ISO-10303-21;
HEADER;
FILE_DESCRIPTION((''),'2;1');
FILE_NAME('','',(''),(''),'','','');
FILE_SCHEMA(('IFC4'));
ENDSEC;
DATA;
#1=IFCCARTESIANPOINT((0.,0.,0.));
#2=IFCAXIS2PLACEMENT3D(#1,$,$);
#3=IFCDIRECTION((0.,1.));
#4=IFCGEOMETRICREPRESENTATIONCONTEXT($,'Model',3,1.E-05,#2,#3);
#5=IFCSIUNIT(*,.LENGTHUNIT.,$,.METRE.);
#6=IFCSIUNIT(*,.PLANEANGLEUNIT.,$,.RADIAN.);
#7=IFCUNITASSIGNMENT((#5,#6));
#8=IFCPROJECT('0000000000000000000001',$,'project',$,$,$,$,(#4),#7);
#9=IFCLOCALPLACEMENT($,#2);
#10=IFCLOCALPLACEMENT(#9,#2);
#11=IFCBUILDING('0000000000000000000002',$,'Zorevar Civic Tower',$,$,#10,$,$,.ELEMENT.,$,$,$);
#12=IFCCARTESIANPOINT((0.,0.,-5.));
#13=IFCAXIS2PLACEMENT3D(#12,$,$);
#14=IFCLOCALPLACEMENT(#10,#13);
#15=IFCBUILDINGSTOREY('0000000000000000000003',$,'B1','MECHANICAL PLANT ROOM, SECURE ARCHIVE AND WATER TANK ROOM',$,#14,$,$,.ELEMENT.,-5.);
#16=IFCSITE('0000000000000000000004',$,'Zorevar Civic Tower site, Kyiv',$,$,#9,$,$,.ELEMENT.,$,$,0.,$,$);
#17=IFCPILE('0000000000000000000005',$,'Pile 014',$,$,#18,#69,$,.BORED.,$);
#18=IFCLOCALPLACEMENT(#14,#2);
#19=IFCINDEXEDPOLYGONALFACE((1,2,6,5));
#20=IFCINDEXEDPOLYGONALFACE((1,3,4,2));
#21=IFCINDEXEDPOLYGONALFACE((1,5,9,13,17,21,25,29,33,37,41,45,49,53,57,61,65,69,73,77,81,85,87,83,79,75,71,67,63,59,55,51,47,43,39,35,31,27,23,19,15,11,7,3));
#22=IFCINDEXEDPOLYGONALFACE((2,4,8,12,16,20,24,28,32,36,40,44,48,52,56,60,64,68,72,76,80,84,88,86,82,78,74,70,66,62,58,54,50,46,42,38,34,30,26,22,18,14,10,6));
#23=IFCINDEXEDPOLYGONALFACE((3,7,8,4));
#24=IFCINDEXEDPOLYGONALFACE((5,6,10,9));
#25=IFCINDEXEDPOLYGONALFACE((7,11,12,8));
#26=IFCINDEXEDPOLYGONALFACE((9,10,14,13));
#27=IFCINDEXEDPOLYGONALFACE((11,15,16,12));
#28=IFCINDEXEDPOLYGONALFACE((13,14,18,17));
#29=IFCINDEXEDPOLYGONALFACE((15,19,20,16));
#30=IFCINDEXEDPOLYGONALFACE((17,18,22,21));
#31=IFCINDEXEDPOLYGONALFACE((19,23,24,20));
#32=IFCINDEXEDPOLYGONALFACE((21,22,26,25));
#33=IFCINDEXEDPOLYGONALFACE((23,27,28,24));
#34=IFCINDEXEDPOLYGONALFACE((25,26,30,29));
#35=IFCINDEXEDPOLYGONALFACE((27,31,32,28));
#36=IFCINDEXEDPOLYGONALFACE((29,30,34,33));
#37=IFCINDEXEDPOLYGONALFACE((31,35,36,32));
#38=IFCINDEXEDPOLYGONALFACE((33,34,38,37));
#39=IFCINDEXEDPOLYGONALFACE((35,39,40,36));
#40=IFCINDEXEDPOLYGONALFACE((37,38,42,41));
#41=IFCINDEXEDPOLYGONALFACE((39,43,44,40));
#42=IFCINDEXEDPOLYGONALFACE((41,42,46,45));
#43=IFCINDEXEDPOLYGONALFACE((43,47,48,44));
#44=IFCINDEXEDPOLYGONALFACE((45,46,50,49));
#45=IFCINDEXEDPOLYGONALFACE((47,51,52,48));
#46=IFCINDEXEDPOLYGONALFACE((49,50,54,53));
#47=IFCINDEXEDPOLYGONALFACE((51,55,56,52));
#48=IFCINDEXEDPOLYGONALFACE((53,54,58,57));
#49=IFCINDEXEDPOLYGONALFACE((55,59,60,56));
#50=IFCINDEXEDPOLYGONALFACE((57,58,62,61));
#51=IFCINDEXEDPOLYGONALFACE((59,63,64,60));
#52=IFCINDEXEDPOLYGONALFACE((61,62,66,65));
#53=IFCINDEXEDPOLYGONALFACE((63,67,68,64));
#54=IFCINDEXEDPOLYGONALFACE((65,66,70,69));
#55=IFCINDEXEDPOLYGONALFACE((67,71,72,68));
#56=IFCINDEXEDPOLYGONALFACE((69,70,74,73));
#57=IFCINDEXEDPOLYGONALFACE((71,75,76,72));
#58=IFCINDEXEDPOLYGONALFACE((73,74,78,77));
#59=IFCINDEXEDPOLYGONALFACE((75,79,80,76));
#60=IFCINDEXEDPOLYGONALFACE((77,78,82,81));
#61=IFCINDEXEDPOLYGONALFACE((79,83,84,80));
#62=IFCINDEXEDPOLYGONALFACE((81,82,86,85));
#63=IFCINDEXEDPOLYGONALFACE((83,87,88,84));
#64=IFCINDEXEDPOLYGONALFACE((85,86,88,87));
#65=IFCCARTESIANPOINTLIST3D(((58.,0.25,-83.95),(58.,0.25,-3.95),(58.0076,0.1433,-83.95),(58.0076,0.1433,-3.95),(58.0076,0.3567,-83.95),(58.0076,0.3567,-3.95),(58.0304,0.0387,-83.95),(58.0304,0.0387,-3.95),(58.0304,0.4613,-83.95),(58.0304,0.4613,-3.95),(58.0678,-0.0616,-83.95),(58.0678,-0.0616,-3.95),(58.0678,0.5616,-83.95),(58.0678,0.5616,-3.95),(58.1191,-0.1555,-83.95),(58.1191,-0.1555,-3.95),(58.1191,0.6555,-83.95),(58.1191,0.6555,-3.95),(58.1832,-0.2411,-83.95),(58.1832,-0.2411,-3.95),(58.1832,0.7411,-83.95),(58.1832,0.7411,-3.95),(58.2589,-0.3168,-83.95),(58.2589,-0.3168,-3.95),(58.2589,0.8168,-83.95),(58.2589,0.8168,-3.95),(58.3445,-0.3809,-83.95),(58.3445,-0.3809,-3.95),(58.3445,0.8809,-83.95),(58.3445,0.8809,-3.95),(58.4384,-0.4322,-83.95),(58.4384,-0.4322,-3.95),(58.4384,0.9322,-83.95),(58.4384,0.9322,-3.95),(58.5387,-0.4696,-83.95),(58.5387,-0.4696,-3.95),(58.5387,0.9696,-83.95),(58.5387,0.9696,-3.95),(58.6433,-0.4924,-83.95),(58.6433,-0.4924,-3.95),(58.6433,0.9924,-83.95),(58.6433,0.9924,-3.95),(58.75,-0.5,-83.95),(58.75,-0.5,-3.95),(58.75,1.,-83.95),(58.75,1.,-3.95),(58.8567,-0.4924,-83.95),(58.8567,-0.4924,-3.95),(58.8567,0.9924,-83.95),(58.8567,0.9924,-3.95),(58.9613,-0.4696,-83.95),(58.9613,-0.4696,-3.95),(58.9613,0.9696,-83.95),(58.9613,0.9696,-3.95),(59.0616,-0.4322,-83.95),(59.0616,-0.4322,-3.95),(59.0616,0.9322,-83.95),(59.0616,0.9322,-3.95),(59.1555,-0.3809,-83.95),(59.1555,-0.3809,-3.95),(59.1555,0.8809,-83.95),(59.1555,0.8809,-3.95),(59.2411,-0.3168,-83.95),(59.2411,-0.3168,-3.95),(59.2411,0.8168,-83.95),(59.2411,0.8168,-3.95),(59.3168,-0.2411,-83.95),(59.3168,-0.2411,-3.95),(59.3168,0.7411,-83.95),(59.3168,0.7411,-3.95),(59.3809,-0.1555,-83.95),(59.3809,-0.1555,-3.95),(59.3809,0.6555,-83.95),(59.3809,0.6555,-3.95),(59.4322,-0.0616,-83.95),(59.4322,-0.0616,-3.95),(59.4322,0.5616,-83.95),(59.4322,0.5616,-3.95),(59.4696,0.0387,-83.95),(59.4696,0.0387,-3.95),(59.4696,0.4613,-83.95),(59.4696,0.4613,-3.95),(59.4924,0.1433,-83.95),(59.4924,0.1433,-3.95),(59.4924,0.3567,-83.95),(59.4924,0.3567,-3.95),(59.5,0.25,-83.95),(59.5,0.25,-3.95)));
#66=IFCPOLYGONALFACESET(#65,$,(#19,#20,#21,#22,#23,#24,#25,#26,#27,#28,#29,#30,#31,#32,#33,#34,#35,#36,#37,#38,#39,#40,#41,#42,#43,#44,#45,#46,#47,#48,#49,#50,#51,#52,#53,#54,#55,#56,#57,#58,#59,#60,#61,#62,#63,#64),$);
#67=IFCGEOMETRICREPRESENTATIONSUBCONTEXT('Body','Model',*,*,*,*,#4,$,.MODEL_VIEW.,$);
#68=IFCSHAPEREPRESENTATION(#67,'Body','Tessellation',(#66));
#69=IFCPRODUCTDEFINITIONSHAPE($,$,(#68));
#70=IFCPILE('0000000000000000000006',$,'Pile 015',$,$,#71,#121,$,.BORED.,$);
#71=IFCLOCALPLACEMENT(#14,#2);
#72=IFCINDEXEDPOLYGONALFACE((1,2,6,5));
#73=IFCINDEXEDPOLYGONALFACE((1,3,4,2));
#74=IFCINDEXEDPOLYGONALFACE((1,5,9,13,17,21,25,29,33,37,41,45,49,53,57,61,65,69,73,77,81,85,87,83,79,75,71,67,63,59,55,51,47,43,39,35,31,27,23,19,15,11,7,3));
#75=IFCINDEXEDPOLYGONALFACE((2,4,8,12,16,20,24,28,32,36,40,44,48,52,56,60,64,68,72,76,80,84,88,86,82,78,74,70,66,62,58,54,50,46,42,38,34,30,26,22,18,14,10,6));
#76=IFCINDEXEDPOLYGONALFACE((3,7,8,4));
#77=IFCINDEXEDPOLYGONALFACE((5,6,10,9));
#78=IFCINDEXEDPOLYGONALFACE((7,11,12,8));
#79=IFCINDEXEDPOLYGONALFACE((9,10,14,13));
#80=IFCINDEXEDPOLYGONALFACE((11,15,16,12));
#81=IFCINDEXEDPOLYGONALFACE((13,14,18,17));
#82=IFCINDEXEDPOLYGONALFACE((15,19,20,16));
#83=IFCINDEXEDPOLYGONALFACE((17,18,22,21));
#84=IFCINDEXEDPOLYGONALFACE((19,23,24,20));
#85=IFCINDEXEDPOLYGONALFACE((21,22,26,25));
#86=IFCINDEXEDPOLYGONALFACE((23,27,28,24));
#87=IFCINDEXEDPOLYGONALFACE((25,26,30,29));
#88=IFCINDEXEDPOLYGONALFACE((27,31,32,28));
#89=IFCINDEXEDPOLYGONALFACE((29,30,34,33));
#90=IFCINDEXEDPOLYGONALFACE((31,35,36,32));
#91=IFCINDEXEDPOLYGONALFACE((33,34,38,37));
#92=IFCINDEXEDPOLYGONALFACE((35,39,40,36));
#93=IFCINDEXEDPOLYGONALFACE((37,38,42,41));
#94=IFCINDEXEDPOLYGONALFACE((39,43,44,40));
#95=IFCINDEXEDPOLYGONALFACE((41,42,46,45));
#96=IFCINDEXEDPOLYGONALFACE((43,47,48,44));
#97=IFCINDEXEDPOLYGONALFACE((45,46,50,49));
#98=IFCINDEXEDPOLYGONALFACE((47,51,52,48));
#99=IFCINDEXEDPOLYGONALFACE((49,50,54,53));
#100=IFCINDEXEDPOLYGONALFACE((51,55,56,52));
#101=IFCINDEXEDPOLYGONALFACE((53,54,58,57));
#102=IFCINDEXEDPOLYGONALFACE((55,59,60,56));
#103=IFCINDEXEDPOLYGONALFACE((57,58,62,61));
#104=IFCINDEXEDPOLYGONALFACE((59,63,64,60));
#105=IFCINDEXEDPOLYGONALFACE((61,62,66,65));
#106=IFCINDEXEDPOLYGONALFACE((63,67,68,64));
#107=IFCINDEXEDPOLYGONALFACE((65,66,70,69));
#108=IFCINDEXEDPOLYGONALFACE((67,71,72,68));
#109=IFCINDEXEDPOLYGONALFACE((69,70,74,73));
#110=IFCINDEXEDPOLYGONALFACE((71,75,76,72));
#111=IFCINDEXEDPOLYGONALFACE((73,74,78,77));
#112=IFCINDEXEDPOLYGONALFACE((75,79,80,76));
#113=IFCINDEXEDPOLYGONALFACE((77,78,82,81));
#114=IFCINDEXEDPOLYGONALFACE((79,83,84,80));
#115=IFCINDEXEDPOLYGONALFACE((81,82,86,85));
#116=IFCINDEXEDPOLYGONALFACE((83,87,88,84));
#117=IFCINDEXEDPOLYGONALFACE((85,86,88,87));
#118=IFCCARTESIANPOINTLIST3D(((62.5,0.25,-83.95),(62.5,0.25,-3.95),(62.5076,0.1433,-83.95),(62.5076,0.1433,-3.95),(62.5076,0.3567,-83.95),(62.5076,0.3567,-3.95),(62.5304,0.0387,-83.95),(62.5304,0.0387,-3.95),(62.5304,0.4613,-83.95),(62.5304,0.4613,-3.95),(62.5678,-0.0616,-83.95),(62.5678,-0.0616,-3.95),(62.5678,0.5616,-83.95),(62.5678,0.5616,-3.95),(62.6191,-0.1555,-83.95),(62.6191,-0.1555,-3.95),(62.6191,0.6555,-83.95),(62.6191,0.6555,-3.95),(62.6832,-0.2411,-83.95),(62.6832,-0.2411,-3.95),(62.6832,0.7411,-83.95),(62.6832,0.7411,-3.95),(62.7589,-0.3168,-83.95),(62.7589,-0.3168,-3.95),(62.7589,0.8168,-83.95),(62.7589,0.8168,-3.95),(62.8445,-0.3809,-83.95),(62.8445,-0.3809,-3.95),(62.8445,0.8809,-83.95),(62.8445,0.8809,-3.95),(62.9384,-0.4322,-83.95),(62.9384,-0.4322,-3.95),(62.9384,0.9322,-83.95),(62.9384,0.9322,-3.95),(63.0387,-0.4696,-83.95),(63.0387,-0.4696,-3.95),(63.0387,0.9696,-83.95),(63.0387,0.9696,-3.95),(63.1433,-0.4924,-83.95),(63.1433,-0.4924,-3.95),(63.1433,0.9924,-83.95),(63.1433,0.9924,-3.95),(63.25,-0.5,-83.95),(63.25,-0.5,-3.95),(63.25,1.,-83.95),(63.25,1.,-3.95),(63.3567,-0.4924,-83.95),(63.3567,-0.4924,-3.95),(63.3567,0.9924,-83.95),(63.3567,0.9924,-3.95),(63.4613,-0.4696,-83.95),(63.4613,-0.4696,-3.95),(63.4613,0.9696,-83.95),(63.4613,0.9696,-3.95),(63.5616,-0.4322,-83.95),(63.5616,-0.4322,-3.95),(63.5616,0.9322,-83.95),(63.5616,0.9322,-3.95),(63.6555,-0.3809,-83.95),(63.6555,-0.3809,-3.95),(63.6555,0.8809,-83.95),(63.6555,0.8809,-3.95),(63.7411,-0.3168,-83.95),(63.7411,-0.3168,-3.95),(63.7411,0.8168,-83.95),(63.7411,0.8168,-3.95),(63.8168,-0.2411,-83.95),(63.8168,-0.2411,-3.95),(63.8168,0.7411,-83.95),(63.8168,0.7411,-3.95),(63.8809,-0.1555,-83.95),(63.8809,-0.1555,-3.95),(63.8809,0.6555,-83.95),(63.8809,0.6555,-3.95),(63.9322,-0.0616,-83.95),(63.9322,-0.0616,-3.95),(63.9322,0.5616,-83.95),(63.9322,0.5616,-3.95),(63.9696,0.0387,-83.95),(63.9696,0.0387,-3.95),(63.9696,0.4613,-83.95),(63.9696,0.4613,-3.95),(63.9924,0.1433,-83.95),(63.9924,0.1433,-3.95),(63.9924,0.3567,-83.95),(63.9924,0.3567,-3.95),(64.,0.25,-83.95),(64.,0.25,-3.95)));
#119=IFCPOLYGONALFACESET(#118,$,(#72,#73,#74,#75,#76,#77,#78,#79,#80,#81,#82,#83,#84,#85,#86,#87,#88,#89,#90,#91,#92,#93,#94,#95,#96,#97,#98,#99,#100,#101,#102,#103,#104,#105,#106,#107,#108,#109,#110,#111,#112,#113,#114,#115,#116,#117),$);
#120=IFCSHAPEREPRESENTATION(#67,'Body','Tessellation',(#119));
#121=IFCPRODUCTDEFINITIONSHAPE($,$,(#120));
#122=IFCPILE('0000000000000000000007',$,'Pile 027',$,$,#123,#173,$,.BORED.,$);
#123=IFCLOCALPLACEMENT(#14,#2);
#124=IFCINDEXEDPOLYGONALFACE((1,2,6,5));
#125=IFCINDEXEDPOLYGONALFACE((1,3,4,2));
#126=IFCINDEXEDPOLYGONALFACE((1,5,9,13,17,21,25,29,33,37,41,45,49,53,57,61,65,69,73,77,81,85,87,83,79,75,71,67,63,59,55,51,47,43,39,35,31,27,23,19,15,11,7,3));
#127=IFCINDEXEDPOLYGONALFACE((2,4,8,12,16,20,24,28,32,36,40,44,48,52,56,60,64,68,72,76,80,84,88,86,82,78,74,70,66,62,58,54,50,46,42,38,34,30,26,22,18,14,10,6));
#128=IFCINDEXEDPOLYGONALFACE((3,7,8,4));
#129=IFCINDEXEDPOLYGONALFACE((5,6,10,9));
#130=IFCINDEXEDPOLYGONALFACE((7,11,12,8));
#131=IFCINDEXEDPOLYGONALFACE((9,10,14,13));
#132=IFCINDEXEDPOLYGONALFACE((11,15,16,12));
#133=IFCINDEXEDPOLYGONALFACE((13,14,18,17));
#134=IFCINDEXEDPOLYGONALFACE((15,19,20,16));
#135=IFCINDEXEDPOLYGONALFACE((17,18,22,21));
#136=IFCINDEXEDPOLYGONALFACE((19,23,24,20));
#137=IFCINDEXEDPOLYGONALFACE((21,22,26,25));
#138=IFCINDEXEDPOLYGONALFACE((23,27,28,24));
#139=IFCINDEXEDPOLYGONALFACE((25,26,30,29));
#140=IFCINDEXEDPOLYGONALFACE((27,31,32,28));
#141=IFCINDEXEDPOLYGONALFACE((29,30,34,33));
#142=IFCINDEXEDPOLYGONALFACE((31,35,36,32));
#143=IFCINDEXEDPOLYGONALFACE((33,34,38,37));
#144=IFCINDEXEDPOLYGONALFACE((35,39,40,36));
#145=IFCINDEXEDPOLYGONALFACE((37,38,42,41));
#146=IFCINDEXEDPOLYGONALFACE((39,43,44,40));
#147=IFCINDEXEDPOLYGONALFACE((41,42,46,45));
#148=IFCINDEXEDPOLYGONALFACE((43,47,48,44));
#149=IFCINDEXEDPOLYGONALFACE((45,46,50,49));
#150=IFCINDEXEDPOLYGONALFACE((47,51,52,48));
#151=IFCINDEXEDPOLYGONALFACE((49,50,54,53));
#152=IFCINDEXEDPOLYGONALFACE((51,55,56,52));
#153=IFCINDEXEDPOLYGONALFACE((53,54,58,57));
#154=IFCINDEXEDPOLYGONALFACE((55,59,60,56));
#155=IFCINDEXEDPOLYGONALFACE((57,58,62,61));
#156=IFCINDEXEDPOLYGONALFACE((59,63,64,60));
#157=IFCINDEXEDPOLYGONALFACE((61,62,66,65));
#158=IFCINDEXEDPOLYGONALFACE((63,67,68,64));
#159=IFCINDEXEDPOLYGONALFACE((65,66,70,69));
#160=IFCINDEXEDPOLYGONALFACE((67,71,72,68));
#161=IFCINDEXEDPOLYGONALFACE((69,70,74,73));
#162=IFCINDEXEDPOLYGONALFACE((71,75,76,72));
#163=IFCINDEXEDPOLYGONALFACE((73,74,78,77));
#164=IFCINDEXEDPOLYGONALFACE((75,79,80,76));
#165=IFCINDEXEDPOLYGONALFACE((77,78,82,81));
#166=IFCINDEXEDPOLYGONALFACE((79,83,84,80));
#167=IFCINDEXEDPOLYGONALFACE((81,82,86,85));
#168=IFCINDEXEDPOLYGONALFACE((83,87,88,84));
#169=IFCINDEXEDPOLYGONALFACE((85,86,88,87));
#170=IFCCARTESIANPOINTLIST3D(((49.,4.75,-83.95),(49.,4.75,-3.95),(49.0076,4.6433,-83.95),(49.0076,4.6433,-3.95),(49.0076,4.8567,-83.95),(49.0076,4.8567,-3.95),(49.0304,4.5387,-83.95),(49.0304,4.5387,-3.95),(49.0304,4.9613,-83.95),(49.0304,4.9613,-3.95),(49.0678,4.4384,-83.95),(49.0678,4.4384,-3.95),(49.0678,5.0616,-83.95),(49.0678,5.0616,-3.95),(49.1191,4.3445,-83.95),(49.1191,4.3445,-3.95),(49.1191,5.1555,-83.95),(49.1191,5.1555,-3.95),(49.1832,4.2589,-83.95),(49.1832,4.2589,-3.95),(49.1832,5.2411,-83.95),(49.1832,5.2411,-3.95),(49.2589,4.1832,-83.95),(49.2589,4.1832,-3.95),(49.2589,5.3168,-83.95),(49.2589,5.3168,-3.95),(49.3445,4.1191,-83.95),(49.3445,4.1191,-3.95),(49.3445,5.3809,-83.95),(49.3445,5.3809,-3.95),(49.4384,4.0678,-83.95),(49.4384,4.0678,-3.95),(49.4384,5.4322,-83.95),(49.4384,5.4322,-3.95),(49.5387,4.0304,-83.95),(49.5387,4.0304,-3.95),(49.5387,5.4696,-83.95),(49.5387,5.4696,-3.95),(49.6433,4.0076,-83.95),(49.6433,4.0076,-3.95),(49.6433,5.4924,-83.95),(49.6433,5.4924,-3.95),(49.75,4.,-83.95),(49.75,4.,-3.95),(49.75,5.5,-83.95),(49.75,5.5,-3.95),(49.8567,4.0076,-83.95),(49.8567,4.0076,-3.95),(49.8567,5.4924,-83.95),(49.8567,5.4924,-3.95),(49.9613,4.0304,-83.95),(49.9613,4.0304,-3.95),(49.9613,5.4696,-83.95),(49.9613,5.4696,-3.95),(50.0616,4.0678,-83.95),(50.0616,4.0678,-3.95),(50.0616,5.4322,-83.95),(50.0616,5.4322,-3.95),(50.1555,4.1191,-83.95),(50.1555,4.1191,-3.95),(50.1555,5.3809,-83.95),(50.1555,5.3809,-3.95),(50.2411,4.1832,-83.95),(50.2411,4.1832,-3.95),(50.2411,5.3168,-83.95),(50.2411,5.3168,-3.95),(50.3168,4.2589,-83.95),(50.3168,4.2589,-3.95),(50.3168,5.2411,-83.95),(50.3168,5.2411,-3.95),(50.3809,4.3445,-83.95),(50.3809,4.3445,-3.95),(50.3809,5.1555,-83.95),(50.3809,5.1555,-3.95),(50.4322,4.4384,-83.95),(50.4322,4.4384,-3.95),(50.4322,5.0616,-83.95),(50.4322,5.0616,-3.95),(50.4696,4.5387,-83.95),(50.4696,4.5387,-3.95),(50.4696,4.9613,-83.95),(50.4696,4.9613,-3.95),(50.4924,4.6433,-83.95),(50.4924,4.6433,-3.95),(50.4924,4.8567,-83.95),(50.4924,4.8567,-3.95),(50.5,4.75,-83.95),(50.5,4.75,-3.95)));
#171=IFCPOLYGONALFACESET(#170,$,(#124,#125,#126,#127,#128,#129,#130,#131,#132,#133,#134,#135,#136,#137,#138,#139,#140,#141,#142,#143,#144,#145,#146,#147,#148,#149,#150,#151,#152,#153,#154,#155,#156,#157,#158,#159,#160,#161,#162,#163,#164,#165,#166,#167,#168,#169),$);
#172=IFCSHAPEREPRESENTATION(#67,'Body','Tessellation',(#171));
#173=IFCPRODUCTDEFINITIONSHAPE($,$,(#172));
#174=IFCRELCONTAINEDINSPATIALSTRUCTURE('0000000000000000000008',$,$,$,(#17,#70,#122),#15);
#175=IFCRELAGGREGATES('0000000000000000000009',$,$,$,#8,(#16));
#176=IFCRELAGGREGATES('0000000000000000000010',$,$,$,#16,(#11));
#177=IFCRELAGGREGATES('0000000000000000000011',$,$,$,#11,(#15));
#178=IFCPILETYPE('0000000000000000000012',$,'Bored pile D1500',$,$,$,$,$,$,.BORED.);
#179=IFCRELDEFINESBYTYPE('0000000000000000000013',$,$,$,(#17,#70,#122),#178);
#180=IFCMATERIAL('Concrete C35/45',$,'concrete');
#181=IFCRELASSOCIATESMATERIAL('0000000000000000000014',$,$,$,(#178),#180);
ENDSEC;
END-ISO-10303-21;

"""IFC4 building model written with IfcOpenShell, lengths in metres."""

from ifc_helpers import new_model, si_unit, direction, frame, origin, origin_2d, place, context, subcontext, project, spatial, circle, extrude, material, type_object, element, save


model = new_model("IFC4")

# Units and contexts
model_context = context("Model", 3, precision=1e-05, world=origin(), true_north=direction((0.0, 1.0)))
body_context = subcontext(model_context, "Body", "Model", "MODEL_VIEW")
ifc_project = project(units=[si_unit("LENGTHUNIT", "METRE"), si_unit("PLANEANGLEUNIT", "RADIAN")], contexts=[model_context])

# Site, building, storey
site_placement = place(None, origin())
site = spatial("IfcSite", under=ifc_project, at=site_placement, Name="Zorevar Civic Tower site, Kyiv", CompositionType="ELEMENT", RefElevation=0.0)
building_placement = place(site_placement, origin())
building = spatial("IfcBuilding", under=site, at=building_placement, Name="Zorevar Civic Tower", CompositionType="ELEMENT")
storey_placement = place(building_placement, frame((0.0, 0.0, -5.0)))
storey = spatial("IfcBuildingStorey", under=building, at=storey_placement, Name="B1", Description="MECHANICAL PLANT ROOM, SECURE ARCHIVE AND WATER TANK ROOM", CompositionType="ELEMENT", Elevation=-5.0)

# Piles
ifc_material_1 = material(Name="Concrete C35/45", Category="concrete")
pile_type_1 = type_object("IfcPileType", Name="Bored pile D1500", PredefinedType="BORED", material=ifc_material_1)
for number, where, z_axis, x_axis, name in (
    (1, (58.75, 0.25, -3.95), (0.0, 0.0, -1.0), (1.0, 0.0, 0.0), "Pile 014"),
    (2, (63.25, 0.25, -3.95), (0.0, 0.0, -1.0), (1.0, 0.0, 0.0), "Pile 015"),
    (3, (49.75, 4.75, -3.95), (0.0, 0.0, -1.0), (1.0, 0.0, 0.0), "Pile 027"),
):
    element("IfcPile", number, at=place(storey_placement, frame(where, z_axis=z_axis, x_axis=x_axis)), inside=storey, type_object=pile_type_1, Name=name, PredefinedType="BORED", context=body_context, shape_type="SweptSolid", body=[
        extrude(circle(Radius=0.75, at=origin_2d()), origin(), (0.0, 0.0, 1.0), 80.0),
    ])

save(model, "model.ifc")
